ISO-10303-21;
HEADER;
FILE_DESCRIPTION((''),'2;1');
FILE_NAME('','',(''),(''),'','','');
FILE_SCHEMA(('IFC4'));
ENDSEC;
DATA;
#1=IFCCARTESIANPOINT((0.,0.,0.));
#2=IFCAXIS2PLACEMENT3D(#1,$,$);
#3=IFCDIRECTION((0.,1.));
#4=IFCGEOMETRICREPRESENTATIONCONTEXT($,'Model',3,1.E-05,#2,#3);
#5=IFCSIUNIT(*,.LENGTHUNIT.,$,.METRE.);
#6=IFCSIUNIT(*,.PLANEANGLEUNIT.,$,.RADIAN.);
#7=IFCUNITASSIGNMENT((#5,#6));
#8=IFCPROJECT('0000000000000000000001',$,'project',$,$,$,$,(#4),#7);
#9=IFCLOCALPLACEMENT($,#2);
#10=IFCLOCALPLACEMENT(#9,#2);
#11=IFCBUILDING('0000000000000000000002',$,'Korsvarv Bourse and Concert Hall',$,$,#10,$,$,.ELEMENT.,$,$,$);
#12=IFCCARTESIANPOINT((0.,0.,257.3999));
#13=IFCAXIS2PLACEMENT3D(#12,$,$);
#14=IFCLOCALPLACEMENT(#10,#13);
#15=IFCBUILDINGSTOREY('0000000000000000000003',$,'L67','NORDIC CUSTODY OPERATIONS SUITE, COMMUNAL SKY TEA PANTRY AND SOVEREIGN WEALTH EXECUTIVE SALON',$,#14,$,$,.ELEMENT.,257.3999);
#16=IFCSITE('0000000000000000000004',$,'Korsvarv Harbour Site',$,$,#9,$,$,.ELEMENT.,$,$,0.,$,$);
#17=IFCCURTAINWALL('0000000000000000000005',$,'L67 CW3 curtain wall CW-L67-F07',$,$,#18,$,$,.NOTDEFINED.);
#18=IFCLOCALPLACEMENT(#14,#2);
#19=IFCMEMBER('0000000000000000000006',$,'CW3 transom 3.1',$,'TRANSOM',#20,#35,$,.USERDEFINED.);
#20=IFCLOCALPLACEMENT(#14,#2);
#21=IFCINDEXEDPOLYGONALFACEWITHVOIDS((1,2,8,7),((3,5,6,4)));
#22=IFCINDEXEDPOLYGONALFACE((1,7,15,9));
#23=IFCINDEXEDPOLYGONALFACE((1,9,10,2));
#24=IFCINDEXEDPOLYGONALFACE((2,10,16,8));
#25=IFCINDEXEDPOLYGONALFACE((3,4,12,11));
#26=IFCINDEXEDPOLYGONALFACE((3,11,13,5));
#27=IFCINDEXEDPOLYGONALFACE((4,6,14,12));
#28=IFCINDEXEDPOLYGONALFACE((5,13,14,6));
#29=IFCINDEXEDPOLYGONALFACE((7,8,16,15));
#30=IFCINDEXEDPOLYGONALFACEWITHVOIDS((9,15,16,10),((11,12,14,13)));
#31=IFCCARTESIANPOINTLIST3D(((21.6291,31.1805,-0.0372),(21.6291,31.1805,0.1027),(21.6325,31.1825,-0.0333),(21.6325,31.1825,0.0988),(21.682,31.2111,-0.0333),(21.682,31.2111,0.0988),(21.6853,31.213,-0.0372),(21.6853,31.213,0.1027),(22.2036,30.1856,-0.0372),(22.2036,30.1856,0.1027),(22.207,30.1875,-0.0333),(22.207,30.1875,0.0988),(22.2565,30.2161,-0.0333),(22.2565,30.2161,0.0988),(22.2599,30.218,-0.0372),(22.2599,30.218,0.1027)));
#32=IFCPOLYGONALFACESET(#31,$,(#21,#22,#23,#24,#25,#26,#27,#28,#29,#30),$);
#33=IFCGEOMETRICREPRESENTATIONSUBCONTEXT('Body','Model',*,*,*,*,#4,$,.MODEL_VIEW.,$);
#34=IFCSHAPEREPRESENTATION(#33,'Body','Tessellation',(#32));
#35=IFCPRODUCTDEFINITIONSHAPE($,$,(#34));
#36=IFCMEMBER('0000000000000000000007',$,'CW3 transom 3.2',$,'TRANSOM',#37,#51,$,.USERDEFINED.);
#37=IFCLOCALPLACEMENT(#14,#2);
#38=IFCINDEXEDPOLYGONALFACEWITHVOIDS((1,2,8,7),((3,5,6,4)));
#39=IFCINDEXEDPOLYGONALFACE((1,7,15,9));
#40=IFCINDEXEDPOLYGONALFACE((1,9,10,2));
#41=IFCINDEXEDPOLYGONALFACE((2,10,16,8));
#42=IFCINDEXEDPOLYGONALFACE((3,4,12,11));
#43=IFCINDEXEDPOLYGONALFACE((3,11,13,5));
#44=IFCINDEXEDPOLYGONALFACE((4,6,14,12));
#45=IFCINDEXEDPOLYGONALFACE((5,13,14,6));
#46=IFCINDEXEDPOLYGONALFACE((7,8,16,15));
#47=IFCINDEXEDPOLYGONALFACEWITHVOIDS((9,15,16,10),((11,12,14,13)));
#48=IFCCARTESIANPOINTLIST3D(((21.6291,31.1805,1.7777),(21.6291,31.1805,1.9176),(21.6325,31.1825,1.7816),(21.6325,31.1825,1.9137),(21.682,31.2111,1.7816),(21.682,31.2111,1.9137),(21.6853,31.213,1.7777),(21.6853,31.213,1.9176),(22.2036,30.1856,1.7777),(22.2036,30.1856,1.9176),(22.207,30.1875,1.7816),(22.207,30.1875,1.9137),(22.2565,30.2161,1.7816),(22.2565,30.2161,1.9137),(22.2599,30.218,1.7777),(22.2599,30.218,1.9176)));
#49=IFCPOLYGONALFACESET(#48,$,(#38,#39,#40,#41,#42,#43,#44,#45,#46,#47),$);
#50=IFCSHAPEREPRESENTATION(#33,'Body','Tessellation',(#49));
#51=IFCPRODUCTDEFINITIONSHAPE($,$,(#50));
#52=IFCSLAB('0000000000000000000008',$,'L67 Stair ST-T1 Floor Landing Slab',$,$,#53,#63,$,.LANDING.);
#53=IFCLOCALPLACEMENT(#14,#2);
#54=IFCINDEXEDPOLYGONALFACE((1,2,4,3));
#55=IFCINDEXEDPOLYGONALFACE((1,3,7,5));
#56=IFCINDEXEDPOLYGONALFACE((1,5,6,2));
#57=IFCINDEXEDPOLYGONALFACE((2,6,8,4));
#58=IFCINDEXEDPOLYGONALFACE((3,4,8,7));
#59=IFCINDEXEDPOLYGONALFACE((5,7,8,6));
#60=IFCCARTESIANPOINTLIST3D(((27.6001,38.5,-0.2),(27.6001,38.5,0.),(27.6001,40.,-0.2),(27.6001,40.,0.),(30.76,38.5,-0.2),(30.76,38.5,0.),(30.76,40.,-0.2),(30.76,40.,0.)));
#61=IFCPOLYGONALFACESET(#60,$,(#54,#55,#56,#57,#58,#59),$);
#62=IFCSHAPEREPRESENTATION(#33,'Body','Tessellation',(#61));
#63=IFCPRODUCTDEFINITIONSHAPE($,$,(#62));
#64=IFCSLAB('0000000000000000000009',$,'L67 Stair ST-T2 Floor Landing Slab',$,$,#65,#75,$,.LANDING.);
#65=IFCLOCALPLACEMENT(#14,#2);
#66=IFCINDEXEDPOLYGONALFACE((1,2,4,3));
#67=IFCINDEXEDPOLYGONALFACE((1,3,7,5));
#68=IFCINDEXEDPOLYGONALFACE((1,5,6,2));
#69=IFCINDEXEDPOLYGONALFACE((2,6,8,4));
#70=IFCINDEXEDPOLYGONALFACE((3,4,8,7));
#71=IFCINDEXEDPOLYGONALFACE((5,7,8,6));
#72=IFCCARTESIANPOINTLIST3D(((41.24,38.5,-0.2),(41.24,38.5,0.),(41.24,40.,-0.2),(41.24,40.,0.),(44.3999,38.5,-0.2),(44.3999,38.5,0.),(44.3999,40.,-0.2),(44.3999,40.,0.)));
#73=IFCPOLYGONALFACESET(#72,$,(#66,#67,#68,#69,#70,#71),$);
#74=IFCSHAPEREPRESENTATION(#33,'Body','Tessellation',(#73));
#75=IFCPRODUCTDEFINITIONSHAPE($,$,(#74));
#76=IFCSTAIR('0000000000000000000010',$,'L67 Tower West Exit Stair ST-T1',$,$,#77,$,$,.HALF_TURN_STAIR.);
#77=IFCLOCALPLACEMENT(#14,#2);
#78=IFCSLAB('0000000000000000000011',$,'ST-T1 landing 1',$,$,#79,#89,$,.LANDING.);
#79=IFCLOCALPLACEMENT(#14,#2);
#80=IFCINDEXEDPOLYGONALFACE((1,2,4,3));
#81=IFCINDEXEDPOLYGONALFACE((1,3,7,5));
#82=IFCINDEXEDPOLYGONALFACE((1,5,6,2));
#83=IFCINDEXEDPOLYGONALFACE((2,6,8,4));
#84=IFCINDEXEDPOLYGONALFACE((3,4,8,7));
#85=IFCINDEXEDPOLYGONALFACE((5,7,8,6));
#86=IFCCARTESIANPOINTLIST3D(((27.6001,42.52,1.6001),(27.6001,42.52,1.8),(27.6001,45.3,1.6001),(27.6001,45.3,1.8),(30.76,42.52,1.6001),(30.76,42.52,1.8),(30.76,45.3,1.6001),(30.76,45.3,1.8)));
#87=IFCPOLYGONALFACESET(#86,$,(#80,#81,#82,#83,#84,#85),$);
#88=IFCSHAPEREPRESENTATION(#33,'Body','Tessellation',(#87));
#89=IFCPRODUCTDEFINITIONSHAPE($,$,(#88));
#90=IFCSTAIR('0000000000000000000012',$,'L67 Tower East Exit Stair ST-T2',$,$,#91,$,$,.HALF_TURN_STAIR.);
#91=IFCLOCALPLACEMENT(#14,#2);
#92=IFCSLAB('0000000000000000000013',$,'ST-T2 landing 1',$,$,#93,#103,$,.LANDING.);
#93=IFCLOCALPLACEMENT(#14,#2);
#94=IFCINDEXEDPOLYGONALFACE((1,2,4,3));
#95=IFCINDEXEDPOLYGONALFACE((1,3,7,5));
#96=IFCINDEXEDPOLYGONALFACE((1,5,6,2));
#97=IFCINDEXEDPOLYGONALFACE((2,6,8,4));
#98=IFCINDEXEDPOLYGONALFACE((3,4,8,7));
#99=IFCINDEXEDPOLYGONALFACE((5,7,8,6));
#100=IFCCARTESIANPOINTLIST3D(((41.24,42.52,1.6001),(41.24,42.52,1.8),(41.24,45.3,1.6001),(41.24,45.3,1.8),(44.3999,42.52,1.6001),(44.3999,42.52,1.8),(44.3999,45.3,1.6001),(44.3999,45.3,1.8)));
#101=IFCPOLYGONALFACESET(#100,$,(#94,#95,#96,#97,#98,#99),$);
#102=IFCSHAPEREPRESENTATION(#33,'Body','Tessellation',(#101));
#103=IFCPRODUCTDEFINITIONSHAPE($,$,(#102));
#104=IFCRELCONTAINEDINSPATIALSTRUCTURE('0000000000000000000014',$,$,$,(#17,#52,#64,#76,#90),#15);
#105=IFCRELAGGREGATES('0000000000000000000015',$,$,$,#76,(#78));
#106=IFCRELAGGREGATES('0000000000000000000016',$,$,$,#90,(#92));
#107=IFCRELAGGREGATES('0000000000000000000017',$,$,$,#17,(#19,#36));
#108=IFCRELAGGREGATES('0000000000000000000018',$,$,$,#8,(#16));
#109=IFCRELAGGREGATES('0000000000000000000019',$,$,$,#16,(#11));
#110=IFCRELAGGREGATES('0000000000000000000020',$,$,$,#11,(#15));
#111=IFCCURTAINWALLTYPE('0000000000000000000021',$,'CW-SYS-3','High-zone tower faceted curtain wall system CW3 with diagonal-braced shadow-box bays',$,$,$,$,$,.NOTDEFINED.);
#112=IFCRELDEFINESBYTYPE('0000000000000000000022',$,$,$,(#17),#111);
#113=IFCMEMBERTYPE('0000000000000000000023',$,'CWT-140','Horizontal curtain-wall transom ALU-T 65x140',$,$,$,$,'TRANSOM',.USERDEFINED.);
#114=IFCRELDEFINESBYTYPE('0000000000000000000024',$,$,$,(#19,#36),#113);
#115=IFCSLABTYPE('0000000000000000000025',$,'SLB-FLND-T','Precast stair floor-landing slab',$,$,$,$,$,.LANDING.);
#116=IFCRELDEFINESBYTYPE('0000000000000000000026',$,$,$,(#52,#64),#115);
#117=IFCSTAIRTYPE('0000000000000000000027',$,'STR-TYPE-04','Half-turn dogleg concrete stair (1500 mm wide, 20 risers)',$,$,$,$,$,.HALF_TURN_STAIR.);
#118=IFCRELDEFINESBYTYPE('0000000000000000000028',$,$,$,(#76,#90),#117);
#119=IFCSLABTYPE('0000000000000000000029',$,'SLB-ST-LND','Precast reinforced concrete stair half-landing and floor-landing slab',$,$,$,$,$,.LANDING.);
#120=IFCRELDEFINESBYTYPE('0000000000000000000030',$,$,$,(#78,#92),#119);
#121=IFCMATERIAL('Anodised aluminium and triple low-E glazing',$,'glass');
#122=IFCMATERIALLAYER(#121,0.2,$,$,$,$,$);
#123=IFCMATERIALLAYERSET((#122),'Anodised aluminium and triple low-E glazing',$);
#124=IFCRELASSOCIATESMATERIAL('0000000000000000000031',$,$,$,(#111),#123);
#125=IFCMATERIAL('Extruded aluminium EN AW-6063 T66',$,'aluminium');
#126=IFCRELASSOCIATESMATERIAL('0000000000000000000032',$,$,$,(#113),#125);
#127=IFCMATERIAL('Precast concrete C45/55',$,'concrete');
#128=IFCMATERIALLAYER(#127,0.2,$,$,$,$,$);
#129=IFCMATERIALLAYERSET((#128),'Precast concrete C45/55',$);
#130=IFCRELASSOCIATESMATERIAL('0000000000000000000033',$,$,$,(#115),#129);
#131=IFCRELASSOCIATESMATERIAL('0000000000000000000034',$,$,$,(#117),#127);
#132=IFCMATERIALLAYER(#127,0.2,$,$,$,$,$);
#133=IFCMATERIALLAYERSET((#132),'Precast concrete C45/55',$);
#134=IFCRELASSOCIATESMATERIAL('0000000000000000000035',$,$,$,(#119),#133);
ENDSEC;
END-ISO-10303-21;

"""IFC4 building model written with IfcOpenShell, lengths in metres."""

from ifc_helpers import new_model, si_unit, direction, frame, origin, origin_2d, place, context, subcontext, project, spatial, polyline, hollow_rectangle, outline, extrude, source, transform, mapped, material, layer, layer_set, material_profile, profile_set, type_object, element, aggregate, save


model = new_model("IFC4")

# Units and contexts
model_context = context("Model", 3, precision=1e-05, world=origin(), true_north=direction((0.0, 1.0)))
body_context = subcontext(model_context, "Body", "Model", "MODEL_VIEW")
ifc_project = project(units=[si_unit("LENGTHUNIT", "METRE"), si_unit("PLANEANGLEUNIT", "RADIAN")], contexts=[model_context])

# Site, building, storey
site_placement = place(None, origin())
site = spatial("IfcSite", under=ifc_project, at=site_placement, Name="Korsvarv Harbour Site", CompositionType="ELEMENT", RefElevation=0.0)
building_placement = place(site_placement, origin())
building = spatial("IfcBuilding", under=site, at=building_placement, Name="Korsvarv Bourse and Concert Hall", CompositionType="ELEMENT")
storey_placement = place(building_placement, frame((0.0, 0.0, 257.3999)))
storey = spatial("IfcBuildingStorey", under=building, at=storey_placement, Name="L67", Description="NORDIC CUSTODY OPERATIONS SUITE, COMMUNAL SKY TEA PANTRY AND SOVEREIGN WEALTH EXECUTIVE SALON", CompositionType="ELEMENT", Elevation=257.3999)

# Curtain wall, members
ifc_material_1 = material(Name="Anodised aluminium and triple low-E glazing", Category="glass")
ifc_layer_1 = layer(ifc_material_1, 0.2)
ifc_layer_set_1 = layer_set([ifc_layer_1], Name="Anodised aluminium and triple low-E glazing")
curtain_wall_type = type_object("IfcCurtainWallType", Name="CW-SYS-3", Description="High-zone tower faceted curtain wall system CW3 with diagonal-braced shadow-box bays", PredefinedType="NOTDEFINED", material=ifc_layer_set_1)
curtain_wall_placement = place(storey_placement, origin())
curtain_wall = element("IfcCurtainWall", 1, at=curtain_wall_placement, inside=storey, type_object=curtain_wall_type, Name="L67 CW3 curtain wall CW-L67-F07", PredefinedType="NOTDEFINED")
ifc_material_2 = material(Name="Extruded aluminium EN AW-6063 T66", Category="aluminium")
ifc_material_profile_1 = material_profile(ifc_material_2, hollow_rectangle(XDim=0.0649, YDim=0.1399, WallThickness=0.0039, at=origin_2d()), Name="ALU-T 65x140")
ifc_profile_set_1 = profile_set([ifc_material_profile_1], Name="Extruded aluminium EN AW-6063 T66")
member_type_1 = type_object("IfcMemberType", Name="CWT-140", Description="Horizontal curtain-wall transom ALU-T 65x140", ElementType="TRANSOM", PredefinedType="USERDEFINED", material=ifc_profile_set_1)
shared_shape_1 = source(origin(), body_context, "Body", "SweptSolid", [
    extrude(hollow_rectangle(XDim=0.0649, YDim=0.1399, WallThickness=0.0039, at=origin_2d()), origin(), (0.0, 0.0, 1.0), 1.1489),
])
member_1_placement = place(storey_placement, frame((21.6572, 31.1968, 0.0327), z_axis=(0.500047, -0.865998, 0.0), x_axis=(0.865998, 0.500047, 0.0)))
member_1 = element("IfcMember", 2, at=member_1_placement, type_object=member_type_1, Name="CW3 transom 3.1", ObjectType="TRANSOM", PredefinedType="USERDEFINED", context=body_context, shape_type="MappedRepresentation", body=[
    mapped(shared_shape_1, transform((0.0, 0.0, 0.0), scale=1.0)),
])
member_2_placement = place(storey_placement, frame((21.6572, 31.1968, 1.8477), z_axis=(0.500047, -0.865998, 0.0), x_axis=(0.865998, 0.500047, 0.0)))
member_2 = element("IfcMember", 3, at=member_2_placement, type_object=member_type_1, Name="CW3 transom 3.2", ObjectType="TRANSOM", PredefinedType="USERDEFINED", context=body_context, shape_type="MappedRepresentation", body=[
    mapped(shared_shape_1, transform((0.0, 0.0, 0.0), scale=1.0)),
])

# Slabs
ifc_material_3 = material(Name="Precast concrete C45/55", Category="concrete")
ifc_layer_2 = layer(ifc_material_3, 0.2)
ifc_layer_set_2 = layer_set([ifc_layer_2], Name="Precast concrete C45/55")
slab_type_1 = type_object("IfcSlabType", Name="SLB-FLND-T", Description="Precast stair floor-landing slab", PredefinedType="LANDING", material=ifc_layer_set_2)
slab_1_placement = place(storey_placement, frame((0.0, 0.0, -0.2)))
element("IfcSlab", 4, at=slab_1_placement, inside=storey, type_object=slab_type_1, Name="L67 Stair ST-T1 Floor Landing Slab", PredefinedType="LANDING", context=body_context, shape_type="SweptSolid", body=[
    extrude(outline(polyline([(30.76, 38.5), (30.76, 40.0), (27.6001, 40.0), (27.6001, 38.5), (30.76, 38.5)])), origin(), (0.0, 0.0, 1.0), 0.2),
])
slab_2_placement = place(storey_placement, frame((0.0, 0.0, -0.2)))
element("IfcSlab", 5, at=slab_2_placement, inside=storey, type_object=slab_type_1, Name="L67 Stair ST-T2 Floor Landing Slab", PredefinedType="LANDING", context=body_context, shape_type="SweptSolid", body=[
    extrude(outline(polyline([(44.3999, 38.5), (44.3999, 40.0), (41.24, 40.0), (41.24, 38.5), (44.3999, 38.5)])), origin(), (0.0, 0.0, 1.0), 0.2),
])

# Stairs, slabs
stair_type = type_object("IfcStairType", Name="STR-TYPE-04", Description="Half-turn dogleg concrete stair (1500 mm wide, 20 risers)", PredefinedType="HALF_TURN_STAIR", material=ifc_material_3)
stair_1_placement = place(storey_placement, origin())
stair_1 = element("IfcStair", 6, at=stair_1_placement, inside=storey, type_object=stair_type, Name="L67 Tower West Exit Stair ST-T1", PredefinedType="HALF_TURN_STAIR")
ifc_layer_3 = layer(ifc_material_3, 0.2)
ifc_layer_set_3 = layer_set([ifc_layer_3], Name="Precast concrete C45/55")
slab_type_2 = type_object("IfcSlabType", Name="SLB-ST-LND", Description="Precast reinforced concrete stair half-landing and floor-landing slab", PredefinedType="LANDING", material=ifc_layer_set_3)
slab_3_placement = place(storey_placement, frame((0.0, 0.0, 1.6001)))
slab_3 = element("IfcSlab", 7, at=slab_3_placement, type_object=slab_type_2, Name="ST-T1 landing 1", PredefinedType="LANDING", context=body_context, shape_type="SweptSolid", body=[
    extrude(outline(polyline([(30.76, 42.52), (30.76, 45.3), (27.6001, 45.3), (27.6001, 42.52), (30.76, 42.52)])), origin(), (0.0, 0.0, 1.0), 0.2),
])
aggregate(stair_1, [slab_3])
stair_2_placement = place(storey_placement, origin())
stair_2 = element("IfcStair", 8, at=stair_2_placement, inside=storey, type_object=stair_type, Name="L67 Tower East Exit Stair ST-T2", PredefinedType="HALF_TURN_STAIR")
slab_4_placement = place(storey_placement, frame((0.0, 0.0, 1.6001)))
slab_4 = element("IfcSlab", 9, at=slab_4_placement, type_object=slab_type_2, Name="ST-T2 landing 1", PredefinedType="LANDING", context=body_context, shape_type="SweptSolid", body=[
    extrude(outline(polyline([(44.3999, 42.52), (44.3999, 45.3), (41.24, 45.3), (41.24, 42.52), (44.3999, 42.52)])), origin(), (0.0, 0.0, 1.0), 0.2),
])
aggregate(stair_2, [slab_4])

aggregate(curtain_wall, [member_1, member_2])

save(model, "model.ifc")
